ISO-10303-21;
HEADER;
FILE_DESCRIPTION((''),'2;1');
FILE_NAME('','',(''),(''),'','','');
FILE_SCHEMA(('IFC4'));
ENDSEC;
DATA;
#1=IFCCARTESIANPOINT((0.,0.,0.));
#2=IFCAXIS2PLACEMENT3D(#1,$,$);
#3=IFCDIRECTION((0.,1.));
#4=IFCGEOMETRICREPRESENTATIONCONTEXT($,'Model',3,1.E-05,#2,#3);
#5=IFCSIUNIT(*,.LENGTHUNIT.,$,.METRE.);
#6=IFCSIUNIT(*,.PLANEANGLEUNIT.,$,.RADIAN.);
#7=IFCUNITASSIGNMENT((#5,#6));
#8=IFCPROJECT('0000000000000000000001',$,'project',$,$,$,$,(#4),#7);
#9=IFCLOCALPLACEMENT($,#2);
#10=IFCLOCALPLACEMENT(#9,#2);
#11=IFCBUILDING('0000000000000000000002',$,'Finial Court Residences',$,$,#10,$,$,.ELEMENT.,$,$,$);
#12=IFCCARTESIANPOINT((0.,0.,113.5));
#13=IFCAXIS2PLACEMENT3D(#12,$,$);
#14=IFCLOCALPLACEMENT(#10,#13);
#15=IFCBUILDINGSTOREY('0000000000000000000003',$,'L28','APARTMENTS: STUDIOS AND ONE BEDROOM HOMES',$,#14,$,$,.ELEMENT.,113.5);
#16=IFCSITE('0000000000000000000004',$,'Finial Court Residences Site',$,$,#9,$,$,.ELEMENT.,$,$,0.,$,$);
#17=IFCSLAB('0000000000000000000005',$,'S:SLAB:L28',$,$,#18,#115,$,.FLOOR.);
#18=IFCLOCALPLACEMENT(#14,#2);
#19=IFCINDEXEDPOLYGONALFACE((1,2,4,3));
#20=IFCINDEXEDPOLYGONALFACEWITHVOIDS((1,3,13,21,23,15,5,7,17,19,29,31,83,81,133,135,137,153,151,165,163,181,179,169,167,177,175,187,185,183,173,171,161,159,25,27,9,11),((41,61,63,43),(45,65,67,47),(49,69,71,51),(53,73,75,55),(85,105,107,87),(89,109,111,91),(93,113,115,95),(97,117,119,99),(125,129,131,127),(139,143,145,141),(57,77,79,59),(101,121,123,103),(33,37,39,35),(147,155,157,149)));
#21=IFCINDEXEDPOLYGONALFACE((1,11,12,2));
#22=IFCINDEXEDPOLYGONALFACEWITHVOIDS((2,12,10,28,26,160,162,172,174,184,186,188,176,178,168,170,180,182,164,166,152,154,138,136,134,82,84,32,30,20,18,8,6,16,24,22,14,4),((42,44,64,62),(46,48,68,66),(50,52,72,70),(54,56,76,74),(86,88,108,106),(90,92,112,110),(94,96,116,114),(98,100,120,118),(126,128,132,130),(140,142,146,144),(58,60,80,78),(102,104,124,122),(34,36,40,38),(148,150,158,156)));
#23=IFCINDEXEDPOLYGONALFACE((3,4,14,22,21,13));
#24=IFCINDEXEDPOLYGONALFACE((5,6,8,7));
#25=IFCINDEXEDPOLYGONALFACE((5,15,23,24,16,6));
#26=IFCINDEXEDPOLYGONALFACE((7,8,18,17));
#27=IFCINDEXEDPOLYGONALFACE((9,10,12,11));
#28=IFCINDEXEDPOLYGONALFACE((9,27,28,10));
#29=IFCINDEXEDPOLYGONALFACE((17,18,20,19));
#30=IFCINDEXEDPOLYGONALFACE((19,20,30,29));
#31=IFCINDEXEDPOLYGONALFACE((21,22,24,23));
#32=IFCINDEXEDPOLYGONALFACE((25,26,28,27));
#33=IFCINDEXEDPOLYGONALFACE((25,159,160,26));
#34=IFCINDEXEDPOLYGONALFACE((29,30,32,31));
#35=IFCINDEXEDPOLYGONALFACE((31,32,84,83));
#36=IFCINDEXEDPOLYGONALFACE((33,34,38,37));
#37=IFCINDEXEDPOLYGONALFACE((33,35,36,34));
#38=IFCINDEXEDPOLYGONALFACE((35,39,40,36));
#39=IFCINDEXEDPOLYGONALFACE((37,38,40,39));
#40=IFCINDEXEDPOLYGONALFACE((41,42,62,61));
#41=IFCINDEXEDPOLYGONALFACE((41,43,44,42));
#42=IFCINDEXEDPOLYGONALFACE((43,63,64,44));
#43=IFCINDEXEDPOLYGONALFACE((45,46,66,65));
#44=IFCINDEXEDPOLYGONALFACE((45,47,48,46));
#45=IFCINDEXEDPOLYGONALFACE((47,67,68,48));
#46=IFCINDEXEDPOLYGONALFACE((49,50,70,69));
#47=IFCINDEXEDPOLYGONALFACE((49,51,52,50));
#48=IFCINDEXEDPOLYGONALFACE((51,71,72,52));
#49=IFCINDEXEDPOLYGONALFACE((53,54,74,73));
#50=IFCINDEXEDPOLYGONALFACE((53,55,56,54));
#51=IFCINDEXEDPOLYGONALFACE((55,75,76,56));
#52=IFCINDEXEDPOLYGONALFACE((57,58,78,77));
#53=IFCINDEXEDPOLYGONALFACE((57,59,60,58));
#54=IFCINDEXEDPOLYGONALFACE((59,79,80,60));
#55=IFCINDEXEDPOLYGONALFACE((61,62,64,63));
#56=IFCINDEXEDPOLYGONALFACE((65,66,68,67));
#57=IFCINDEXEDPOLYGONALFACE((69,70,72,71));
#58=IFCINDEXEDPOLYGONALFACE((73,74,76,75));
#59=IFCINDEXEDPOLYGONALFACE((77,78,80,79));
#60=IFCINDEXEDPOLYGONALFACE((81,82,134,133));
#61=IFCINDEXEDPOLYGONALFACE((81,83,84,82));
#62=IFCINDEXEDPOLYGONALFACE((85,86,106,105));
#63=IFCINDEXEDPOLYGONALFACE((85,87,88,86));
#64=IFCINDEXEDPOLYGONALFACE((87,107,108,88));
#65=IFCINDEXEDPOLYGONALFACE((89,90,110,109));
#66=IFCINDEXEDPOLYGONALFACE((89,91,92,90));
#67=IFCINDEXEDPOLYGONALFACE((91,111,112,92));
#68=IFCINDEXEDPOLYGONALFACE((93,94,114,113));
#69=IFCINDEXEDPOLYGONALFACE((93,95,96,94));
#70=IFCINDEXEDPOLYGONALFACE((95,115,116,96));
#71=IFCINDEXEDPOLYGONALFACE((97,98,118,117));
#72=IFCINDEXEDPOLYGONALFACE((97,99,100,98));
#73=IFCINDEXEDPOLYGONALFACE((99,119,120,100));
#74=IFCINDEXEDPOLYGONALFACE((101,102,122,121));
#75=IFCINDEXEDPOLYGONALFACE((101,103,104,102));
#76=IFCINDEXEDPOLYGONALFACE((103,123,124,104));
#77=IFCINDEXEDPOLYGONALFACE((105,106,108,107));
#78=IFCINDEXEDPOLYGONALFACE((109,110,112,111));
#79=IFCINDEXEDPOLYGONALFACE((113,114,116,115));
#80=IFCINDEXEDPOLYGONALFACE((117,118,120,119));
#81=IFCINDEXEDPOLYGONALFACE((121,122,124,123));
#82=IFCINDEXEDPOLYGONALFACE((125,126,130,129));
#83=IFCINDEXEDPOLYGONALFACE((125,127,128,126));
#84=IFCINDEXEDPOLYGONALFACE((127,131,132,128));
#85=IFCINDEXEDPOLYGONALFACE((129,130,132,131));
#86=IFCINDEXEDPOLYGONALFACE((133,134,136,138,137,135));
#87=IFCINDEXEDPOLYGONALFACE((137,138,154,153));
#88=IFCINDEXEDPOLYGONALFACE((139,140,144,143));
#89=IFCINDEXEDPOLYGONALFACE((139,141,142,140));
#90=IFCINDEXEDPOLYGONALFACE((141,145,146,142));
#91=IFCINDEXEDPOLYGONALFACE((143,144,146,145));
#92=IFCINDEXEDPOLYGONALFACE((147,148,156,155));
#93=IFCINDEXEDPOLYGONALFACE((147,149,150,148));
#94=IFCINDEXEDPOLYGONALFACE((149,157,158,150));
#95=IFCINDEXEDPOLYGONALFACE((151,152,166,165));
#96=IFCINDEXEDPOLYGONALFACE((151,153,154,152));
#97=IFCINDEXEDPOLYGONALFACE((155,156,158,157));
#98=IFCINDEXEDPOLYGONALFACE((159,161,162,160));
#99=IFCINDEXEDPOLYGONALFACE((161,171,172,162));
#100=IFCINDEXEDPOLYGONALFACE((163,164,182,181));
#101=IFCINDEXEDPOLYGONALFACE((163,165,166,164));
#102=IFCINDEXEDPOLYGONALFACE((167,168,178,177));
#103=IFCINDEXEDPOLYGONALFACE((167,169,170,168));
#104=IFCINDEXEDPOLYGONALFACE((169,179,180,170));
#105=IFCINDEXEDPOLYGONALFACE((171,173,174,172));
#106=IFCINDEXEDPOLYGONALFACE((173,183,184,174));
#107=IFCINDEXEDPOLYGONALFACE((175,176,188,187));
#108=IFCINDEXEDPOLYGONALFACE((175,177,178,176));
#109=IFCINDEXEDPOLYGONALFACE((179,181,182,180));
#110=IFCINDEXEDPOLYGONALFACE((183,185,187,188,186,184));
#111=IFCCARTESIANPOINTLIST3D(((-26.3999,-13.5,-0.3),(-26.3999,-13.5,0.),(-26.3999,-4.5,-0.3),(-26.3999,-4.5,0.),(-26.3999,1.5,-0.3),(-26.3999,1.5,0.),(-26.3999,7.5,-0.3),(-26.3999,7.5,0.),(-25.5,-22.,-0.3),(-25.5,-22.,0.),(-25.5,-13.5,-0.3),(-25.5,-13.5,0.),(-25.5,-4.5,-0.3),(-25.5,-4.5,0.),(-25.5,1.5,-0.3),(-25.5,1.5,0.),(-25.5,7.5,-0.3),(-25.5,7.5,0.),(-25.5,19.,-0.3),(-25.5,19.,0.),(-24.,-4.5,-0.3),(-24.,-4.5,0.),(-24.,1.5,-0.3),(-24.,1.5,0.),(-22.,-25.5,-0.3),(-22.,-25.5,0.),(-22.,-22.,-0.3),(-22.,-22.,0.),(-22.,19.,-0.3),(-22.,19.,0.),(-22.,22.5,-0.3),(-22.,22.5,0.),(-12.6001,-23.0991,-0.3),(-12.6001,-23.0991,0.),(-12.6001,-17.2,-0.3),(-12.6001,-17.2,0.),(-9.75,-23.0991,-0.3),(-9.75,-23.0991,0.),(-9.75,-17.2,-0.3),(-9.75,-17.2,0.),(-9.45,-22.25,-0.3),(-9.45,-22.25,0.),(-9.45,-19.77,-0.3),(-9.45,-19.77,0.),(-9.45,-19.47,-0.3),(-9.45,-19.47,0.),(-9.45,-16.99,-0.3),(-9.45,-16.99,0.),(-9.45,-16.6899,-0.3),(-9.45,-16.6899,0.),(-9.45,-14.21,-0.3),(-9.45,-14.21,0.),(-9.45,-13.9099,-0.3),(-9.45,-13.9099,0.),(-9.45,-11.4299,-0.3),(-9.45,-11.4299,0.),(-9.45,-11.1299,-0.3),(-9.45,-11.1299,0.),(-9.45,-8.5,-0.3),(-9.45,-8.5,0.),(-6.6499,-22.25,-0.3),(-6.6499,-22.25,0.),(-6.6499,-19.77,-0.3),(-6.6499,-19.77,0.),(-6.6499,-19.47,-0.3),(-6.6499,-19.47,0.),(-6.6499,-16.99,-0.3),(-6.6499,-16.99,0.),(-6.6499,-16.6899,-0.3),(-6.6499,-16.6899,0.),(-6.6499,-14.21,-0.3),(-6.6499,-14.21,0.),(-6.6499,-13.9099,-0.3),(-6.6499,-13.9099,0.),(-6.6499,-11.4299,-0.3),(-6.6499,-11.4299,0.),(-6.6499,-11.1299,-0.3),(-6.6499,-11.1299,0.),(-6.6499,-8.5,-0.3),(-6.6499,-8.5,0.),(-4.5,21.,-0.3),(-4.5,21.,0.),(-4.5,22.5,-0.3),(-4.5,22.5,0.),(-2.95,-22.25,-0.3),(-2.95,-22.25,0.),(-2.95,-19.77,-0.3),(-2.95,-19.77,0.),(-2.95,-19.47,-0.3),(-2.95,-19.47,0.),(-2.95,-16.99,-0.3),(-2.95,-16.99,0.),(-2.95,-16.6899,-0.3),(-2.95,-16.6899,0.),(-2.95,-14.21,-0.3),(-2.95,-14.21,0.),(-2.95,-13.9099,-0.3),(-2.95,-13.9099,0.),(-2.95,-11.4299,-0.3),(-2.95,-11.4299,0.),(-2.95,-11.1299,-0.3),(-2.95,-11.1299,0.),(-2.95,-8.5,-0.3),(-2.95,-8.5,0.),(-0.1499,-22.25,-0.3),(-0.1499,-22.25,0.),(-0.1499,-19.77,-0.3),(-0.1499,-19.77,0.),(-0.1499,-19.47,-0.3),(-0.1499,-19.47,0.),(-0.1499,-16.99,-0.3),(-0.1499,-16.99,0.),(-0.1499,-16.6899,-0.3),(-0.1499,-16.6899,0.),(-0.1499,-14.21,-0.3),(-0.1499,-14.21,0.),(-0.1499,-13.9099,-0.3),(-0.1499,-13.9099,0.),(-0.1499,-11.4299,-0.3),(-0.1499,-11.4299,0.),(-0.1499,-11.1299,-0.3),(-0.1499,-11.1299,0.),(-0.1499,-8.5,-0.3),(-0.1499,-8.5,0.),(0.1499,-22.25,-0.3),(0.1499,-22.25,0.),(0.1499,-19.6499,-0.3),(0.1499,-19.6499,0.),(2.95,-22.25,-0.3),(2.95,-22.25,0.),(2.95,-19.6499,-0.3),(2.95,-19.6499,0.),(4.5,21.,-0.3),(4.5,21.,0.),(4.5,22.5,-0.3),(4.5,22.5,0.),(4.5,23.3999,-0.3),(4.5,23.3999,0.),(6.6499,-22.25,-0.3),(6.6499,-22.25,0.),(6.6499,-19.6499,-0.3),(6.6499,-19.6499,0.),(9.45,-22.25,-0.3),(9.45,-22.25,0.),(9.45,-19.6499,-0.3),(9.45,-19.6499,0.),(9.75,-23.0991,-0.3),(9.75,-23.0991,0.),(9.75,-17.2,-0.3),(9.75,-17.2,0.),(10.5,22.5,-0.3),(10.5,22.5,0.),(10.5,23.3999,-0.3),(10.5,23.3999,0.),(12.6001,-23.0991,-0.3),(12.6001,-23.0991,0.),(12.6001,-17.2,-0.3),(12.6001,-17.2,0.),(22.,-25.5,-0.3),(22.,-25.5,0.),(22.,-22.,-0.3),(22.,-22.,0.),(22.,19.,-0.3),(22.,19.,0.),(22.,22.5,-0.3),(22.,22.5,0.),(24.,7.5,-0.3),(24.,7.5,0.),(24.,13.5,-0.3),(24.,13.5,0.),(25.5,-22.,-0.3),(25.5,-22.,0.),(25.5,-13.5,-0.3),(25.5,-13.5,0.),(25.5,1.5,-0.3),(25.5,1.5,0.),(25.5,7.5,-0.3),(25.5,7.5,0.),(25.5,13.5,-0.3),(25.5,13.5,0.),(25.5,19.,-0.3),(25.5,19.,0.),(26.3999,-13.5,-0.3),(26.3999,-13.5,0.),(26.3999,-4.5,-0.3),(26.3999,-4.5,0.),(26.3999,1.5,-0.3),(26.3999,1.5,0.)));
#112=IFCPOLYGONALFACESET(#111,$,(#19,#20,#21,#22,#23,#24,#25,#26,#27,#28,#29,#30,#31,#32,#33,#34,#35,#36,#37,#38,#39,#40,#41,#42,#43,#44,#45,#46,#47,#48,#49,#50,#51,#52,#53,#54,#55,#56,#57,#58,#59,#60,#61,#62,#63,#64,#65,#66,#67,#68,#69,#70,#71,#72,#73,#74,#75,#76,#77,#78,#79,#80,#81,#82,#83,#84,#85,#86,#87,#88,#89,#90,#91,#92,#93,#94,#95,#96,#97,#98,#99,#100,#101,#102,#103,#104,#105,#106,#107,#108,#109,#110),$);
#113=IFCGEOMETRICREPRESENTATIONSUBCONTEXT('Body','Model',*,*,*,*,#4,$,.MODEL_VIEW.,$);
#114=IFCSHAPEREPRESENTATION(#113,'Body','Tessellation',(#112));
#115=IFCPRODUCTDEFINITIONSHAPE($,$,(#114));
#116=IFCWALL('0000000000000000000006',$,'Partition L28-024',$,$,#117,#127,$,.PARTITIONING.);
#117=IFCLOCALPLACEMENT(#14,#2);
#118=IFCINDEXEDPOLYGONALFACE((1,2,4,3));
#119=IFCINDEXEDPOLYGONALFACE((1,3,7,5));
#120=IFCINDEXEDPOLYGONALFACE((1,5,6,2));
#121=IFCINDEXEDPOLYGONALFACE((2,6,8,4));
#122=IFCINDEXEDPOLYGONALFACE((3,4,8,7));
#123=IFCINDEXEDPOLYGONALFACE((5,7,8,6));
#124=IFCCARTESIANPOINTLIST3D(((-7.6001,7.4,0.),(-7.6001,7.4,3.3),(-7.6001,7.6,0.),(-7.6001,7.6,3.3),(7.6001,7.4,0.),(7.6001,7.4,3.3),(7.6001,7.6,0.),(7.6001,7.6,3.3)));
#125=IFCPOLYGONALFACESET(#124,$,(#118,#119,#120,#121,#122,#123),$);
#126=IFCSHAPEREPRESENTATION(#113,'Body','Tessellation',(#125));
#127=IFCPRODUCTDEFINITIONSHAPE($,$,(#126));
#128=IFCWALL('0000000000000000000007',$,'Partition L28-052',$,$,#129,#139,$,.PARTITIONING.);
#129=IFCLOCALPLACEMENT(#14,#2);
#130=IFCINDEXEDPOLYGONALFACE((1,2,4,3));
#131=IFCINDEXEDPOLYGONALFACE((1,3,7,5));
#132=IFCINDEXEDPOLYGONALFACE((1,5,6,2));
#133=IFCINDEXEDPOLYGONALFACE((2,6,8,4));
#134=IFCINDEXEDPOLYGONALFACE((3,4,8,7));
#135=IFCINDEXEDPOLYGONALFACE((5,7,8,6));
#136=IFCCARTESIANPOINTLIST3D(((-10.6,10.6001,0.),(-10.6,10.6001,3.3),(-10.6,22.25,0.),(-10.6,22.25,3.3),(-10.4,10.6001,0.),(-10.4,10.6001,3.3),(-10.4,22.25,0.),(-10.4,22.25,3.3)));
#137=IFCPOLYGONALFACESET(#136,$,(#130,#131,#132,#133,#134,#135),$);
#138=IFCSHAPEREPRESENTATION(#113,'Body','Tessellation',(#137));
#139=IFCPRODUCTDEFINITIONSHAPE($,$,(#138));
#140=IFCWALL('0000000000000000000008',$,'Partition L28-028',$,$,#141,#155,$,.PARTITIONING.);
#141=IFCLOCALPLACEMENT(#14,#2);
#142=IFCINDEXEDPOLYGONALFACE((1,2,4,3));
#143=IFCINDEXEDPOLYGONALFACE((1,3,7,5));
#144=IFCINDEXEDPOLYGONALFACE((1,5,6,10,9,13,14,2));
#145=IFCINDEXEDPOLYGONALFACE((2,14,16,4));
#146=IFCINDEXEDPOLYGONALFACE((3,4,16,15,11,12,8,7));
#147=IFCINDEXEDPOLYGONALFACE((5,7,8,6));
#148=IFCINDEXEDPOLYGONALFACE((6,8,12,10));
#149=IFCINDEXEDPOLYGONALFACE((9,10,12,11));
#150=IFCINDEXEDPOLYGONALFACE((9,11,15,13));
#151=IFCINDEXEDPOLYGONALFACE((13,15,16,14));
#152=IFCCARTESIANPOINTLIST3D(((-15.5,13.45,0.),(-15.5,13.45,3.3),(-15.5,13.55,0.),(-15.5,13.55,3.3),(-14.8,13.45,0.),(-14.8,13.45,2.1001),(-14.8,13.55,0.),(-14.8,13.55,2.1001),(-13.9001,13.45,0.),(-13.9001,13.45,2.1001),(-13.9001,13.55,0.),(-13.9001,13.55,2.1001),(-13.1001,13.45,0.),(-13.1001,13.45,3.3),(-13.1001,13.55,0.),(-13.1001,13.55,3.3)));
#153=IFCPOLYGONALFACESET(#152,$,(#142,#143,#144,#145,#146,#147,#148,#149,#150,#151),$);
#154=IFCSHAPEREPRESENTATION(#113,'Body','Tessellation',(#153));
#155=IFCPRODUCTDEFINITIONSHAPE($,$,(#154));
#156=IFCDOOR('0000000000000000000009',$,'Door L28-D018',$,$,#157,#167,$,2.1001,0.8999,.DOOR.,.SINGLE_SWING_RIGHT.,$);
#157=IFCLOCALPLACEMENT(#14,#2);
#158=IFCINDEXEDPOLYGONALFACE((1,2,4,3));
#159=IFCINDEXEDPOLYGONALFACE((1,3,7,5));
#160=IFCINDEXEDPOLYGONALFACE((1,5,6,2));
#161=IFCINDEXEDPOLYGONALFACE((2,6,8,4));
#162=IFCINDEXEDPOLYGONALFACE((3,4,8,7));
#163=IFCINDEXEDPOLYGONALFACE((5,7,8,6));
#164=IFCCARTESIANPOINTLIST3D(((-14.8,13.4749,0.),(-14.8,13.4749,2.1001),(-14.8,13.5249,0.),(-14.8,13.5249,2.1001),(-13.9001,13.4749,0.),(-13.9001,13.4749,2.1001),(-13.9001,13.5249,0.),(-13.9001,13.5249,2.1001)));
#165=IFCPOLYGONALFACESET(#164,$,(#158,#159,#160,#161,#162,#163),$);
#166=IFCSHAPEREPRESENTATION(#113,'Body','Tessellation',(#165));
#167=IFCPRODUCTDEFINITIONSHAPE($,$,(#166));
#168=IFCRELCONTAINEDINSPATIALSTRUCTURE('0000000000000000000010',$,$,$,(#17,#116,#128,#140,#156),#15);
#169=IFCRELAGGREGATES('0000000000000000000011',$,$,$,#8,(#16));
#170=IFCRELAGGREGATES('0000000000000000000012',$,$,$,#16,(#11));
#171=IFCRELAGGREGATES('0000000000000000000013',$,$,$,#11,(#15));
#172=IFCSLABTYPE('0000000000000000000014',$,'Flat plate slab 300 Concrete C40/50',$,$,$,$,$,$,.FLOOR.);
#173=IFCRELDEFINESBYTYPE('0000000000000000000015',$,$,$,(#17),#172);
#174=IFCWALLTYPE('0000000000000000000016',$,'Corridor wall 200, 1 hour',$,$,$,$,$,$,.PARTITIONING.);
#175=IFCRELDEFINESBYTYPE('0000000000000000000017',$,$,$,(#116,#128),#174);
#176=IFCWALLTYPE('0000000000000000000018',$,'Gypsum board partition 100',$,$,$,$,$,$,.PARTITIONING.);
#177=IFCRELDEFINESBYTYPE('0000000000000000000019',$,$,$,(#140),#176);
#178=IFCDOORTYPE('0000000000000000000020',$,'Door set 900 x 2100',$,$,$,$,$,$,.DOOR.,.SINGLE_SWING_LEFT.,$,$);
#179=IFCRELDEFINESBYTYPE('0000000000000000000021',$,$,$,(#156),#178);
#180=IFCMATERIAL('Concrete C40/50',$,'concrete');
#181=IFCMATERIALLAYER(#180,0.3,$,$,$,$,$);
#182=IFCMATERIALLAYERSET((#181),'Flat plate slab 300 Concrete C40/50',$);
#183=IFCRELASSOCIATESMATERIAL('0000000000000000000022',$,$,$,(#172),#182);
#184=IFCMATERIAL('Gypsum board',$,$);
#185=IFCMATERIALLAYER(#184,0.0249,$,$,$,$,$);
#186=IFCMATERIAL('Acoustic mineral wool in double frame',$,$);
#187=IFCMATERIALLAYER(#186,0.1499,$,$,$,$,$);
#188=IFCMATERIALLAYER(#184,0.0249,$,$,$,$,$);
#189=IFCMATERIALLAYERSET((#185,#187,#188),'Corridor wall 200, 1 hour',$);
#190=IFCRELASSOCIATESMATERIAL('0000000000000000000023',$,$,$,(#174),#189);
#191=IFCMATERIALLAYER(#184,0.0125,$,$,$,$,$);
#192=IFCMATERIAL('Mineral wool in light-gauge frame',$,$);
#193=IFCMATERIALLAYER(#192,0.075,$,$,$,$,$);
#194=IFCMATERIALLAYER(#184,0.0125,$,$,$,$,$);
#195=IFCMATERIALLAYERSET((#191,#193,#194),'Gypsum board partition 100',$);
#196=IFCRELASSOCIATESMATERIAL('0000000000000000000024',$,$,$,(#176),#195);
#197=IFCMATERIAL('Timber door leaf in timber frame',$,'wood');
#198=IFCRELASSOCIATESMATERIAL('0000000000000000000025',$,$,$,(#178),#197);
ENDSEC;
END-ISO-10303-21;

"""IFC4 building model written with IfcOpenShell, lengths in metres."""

from ifc_helpers import new_model, si_unit, direction, frame, frame_2d, origin, place, context, subcontext, project, spatial, polyline, rectangle, outline, extrude, material, layer, layer_set, type_object, element, fill, save


model = new_model("IFC4")

# Units and contexts
model_context = context("Model", 3, precision=1e-05, world=origin(), true_north=direction((0.0, 1.0)))
body_context = subcontext(model_context, "Body", "Model", "MODEL_VIEW")
ifc_project = project(units=[si_unit("LENGTHUNIT", "METRE"), si_unit("PLANEANGLEUNIT", "RADIAN")], contexts=[model_context])

# Site, building, storey
site_placement = place(None, origin())
site = spatial("IfcSite", under=ifc_project, at=site_placement, Name="Finial Court Residences Site", CompositionType="ELEMENT", RefElevation=0.0)
building_placement = place(site_placement, origin())
building = spatial("IfcBuilding", under=site, at=building_placement, Name="Finial Court Residences", CompositionType="ELEMENT")
storey_placement = place(building_placement, frame((0.0, 0.0, 113.5)))
storey = spatial("IfcBuildingStorey", under=building, at=storey_placement, Name="L28", Description="APARTMENTS: STUDIOS AND ONE BEDROOM HOMES", CompositionType="ELEMENT", Elevation=113.5)

# Slab
ifc_material_1 = material(Name="Concrete C40/50", Category="concrete")
ifc_layer_1 = layer(ifc_material_1, 0.3)
ifc_layer_set_1 = layer_set([ifc_layer_1], Name="Flat plate slab 300 Concrete C40/50")
slab_type_1 = type_object("IfcSlabType", Name="Flat plate slab 300 Concrete C40/50", PredefinedType="FLOOR", material=ifc_layer_set_1)
slab_1_placement = place(storey_placement, frame((0.0, 0.0, -0.3)))
element("IfcSlab", 1, at=slab_1_placement, inside=storey, type_object=slab_type_1, Name="S:SLAB:L28", PredefinedType="FLOOR", context=body_context, shape_type="SweptSolid", body=[
    extrude(outline(polyline([(26.3999, -13.5), (25.5, -13.5), (25.5, -22.0), (22.0, -22.0), (22.0, -25.5), (-22.0, -25.5), (-22.0, -22.0), (-25.5, -22.0), (-25.5, -13.5), (-26.3999, -13.5), (-26.3999, -4.5), (-25.5, -4.5), (-24.0, -4.5), (-24.0, 1.5), (-25.5, 1.5), (-26.3999, 1.5), (-26.3999, 7.5), (-25.5, 7.5), (-25.5, 19.0), (-22.0, 19.0), (-22.0, 22.5), (-4.5, 22.5), (-4.5, 21.0), (4.5, 21.0), (4.5, 22.5), (4.5, 23.3999), (10.5, 23.3999), (10.5, 22.5), (22.0, 22.5), (22.0, 19.0), (25.5, 19.0), (25.5, 13.5), (24.0, 13.5), (24.0, 7.5), (25.5, 7.5), (25.5, 1.5), (26.3999, 1.5), (26.3999, -4.5), (26.3999, -13.5)]), holes=[polyline([(-6.6499, -19.77), (-9.45, -19.77), (-9.45, -22.25), (-6.6499, -22.25), (-6.6499, -19.77)]), polyline([(-9.75, -17.2), (-12.6001, -17.2), (-12.6001, -23.0991), (-9.75, -23.0991), (-9.75, -17.2)]), polyline([(-6.6499, -19.47), (-6.6499, -16.99), (-9.45, -16.99), (-9.45, -19.47), (-6.6499, -19.47)]), polyline([(-6.6499, -16.6899), (-6.6499, -14.21), (-9.45, -14.21), (-9.45, -16.6899), (-6.6499, -16.6899)]), polyline([(-6.6499, -13.9099), (-6.6499, -11.4299), (-9.45, -11.4299), (-9.45, -13.9099), (-6.6499, -13.9099)]), polyline([(-6.6499, -11.1299), (-6.6499, -8.5), (-9.45, -8.5), (-9.45, -11.1299), (-6.6499, -11.1299)]), polyline([(-0.1499, -11.1299), (-0.1499, -8.5), (-2.95, -8.5), (-2.95, -11.1299), (-0.1499, -11.1299)]), polyline([(-0.1499, -19.77), (-2.95, -19.77), (-2.95, -22.25), (-0.1499, -22.25), (-0.1499, -19.77)]), polyline([(2.95, -22.25), (2.95, -19.6499), (0.1499, -19.6499), (0.1499, -22.25), (2.95, -22.25)]), polyline([(9.45, -22.25), (9.45, -19.6499), (6.6499, -19.6499), (6.6499, -22.25), (9.45, -22.25)]), polyline([(12.6001, -17.2), (9.75, -17.2), (9.75, -23.0991), (12.6001, -23.0991), (12.6001, -17.2)]), polyline([(-0.1499, -19.47), (-0.1499, -16.99), (-2.95, -16.99), (-2.95, -19.47), (-0.1499, -19.47)]), polyline([(-0.1499, -16.6899), (-0.1499, -14.21), (-2.95, -14.21), (-2.95, -16.6899), (-0.1499, -16.6899)]), polyline([(-0.1499, -13.9099), (-0.1499, -11.4299), (-2.95, -11.4299), (-2.95, -13.9099), (-0.1499, -13.9099)])]), origin(), (0.0, 0.0, 1.0), 0.3),
])

# Walls
ifc_material_2 = material(Name="Gypsum board")
ifc_layer_2 = layer(ifc_material_2, 0.0249)
ifc_material_3 = material(Name="Acoustic mineral wool in double frame")
ifc_layer_3 = layer(ifc_material_3, 0.1499)
ifc_layer_4 = layer(ifc_material_2, 0.0249)
ifc_layer_set_2 = layer_set([ifc_layer_2, ifc_layer_3, ifc_layer_4], Name="Corridor wall 200, 1 hour")
wall_type_1 = type_object("IfcWallType", Name="Corridor wall 200, 1 hour", PredefinedType="PARTITIONING", material=ifc_layer_set_2)
wall_1_placement = place(storey_placement, frame((-7.6001, 7.5, 0.0), z_axis=(0.0, 0.0, 1.0), x_axis=(1.0, 0.0, 0.0)))
element("IfcWall", 2, at=wall_1_placement, inside=storey, type_object=wall_type_1, Name="Partition L28-024", PredefinedType="PARTITIONING", context=body_context, shape_type="SweptSolid", body=[
    extrude(rectangle(XDim=15.2002, YDim=0.2, at=frame_2d((7.6001, 0.0))), origin(), (0.0, 0.0, 1.0), 3.3),
])
wall_2_placement = place(storey_placement, frame((-10.5, 10.6001, 0.0), z_axis=(0.0, 0.0, 1.0), x_axis=(0.0, 1.0, 0.0)))
element("IfcWall", 3, at=wall_2_placement, inside=storey, type_object=wall_type_1, Name="Partition L28-052", PredefinedType="PARTITIONING", context=body_context, shape_type="SweptSolid", body=[
    extrude(rectangle(XDim=11.6499, YDim=0.2, at=frame_2d((5.825, 0.0))), origin(), (0.0, 0.0, 1.0), 3.3),
])

# Wall, opening, door
ifc_layer_5 = layer(ifc_material_2, 0.0125)
ifc_material_4 = material(Name="Mineral wool in light-gauge frame")
ifc_layer_6 = layer(ifc_material_4, 0.075)
ifc_layer_7 = layer(ifc_material_2, 0.0125)
ifc_layer_set_3 = layer_set([ifc_layer_5, ifc_layer_6, ifc_layer_7], Name="Gypsum board partition 100")
wall_type_2 = type_object("IfcWallType", Name="Gypsum board partition 100", PredefinedType="PARTITIONING", material=ifc_layer_set_3)
wall_3_placement = place(storey_placement, frame((-15.5, 13.5, 0.0), z_axis=(0.0, 0.0, 1.0), x_axis=(1.0, 0.0, 0.0)))
wall_3 = element("IfcWall", 4, at=wall_3_placement, inside=storey, type_object=wall_type_2, Name="Partition L28-028", PredefinedType="PARTITIONING", context=body_context, shape_type="SweptSolid", body=[
    extrude(rectangle(XDim=2.3999, YDim=0.1001, at=frame_2d((1.2, 0.0))), origin(), (0.0, 0.0, 1.0), 3.3),
])
opening_1_placement = place(wall_3_placement, frame((0.7, 0.0, 0.0)))
opening_1 = element("IfcOpeningElement", 5, at=opening_1_placement, cuts=wall_3, PredefinedType="OPENING", context=body_context, shape_type="SweptSolid", body=[
    extrude(rectangle(XDim=0.8999, YDim=2.1001, at=frame_2d((0.45, 1.05))), frame((0.0, 0.0601, 0.0), z_axis=(0.0, -1.0, 0.0), x_axis=(1.0, 0.0, 0.0)), (0.0, 0.0, 1.0), 0.1201),
])
ifc_material_5 = material(Name="Timber door leaf in timber frame", Category="wood")
door_type = type_object("IfcDoorType", Name="Door set 900 x 2100", OperationType="SINGLE_SWING_LEFT", PredefinedType="DOOR", material=ifc_material_5)
door_1_placement = place(opening_1_placement, origin())
door_1 = element("IfcDoor", 6, at=door_1_placement, inside=storey, type_object=door_type, Name="Door L28-D018", OperationType="SINGLE_SWING_RIGHT", OverallHeight=2.1001, OverallWidth=0.8999, PredefinedType="DOOR", context=body_context, shape_type="SweptSolid", body=[
    extrude(rectangle(XDim=0.8999, YDim=2.1001, at=frame_2d((0.45, 1.05))), frame((0.0, 0.0249, 0.0), z_axis=(0.0, -1.0, 0.0), x_axis=(1.0, 0.0, 0.0)), (0.0, 0.0, 1.0), 0.05),
])
fill(opening_1, door_1)

save(model, "model.ifc")
